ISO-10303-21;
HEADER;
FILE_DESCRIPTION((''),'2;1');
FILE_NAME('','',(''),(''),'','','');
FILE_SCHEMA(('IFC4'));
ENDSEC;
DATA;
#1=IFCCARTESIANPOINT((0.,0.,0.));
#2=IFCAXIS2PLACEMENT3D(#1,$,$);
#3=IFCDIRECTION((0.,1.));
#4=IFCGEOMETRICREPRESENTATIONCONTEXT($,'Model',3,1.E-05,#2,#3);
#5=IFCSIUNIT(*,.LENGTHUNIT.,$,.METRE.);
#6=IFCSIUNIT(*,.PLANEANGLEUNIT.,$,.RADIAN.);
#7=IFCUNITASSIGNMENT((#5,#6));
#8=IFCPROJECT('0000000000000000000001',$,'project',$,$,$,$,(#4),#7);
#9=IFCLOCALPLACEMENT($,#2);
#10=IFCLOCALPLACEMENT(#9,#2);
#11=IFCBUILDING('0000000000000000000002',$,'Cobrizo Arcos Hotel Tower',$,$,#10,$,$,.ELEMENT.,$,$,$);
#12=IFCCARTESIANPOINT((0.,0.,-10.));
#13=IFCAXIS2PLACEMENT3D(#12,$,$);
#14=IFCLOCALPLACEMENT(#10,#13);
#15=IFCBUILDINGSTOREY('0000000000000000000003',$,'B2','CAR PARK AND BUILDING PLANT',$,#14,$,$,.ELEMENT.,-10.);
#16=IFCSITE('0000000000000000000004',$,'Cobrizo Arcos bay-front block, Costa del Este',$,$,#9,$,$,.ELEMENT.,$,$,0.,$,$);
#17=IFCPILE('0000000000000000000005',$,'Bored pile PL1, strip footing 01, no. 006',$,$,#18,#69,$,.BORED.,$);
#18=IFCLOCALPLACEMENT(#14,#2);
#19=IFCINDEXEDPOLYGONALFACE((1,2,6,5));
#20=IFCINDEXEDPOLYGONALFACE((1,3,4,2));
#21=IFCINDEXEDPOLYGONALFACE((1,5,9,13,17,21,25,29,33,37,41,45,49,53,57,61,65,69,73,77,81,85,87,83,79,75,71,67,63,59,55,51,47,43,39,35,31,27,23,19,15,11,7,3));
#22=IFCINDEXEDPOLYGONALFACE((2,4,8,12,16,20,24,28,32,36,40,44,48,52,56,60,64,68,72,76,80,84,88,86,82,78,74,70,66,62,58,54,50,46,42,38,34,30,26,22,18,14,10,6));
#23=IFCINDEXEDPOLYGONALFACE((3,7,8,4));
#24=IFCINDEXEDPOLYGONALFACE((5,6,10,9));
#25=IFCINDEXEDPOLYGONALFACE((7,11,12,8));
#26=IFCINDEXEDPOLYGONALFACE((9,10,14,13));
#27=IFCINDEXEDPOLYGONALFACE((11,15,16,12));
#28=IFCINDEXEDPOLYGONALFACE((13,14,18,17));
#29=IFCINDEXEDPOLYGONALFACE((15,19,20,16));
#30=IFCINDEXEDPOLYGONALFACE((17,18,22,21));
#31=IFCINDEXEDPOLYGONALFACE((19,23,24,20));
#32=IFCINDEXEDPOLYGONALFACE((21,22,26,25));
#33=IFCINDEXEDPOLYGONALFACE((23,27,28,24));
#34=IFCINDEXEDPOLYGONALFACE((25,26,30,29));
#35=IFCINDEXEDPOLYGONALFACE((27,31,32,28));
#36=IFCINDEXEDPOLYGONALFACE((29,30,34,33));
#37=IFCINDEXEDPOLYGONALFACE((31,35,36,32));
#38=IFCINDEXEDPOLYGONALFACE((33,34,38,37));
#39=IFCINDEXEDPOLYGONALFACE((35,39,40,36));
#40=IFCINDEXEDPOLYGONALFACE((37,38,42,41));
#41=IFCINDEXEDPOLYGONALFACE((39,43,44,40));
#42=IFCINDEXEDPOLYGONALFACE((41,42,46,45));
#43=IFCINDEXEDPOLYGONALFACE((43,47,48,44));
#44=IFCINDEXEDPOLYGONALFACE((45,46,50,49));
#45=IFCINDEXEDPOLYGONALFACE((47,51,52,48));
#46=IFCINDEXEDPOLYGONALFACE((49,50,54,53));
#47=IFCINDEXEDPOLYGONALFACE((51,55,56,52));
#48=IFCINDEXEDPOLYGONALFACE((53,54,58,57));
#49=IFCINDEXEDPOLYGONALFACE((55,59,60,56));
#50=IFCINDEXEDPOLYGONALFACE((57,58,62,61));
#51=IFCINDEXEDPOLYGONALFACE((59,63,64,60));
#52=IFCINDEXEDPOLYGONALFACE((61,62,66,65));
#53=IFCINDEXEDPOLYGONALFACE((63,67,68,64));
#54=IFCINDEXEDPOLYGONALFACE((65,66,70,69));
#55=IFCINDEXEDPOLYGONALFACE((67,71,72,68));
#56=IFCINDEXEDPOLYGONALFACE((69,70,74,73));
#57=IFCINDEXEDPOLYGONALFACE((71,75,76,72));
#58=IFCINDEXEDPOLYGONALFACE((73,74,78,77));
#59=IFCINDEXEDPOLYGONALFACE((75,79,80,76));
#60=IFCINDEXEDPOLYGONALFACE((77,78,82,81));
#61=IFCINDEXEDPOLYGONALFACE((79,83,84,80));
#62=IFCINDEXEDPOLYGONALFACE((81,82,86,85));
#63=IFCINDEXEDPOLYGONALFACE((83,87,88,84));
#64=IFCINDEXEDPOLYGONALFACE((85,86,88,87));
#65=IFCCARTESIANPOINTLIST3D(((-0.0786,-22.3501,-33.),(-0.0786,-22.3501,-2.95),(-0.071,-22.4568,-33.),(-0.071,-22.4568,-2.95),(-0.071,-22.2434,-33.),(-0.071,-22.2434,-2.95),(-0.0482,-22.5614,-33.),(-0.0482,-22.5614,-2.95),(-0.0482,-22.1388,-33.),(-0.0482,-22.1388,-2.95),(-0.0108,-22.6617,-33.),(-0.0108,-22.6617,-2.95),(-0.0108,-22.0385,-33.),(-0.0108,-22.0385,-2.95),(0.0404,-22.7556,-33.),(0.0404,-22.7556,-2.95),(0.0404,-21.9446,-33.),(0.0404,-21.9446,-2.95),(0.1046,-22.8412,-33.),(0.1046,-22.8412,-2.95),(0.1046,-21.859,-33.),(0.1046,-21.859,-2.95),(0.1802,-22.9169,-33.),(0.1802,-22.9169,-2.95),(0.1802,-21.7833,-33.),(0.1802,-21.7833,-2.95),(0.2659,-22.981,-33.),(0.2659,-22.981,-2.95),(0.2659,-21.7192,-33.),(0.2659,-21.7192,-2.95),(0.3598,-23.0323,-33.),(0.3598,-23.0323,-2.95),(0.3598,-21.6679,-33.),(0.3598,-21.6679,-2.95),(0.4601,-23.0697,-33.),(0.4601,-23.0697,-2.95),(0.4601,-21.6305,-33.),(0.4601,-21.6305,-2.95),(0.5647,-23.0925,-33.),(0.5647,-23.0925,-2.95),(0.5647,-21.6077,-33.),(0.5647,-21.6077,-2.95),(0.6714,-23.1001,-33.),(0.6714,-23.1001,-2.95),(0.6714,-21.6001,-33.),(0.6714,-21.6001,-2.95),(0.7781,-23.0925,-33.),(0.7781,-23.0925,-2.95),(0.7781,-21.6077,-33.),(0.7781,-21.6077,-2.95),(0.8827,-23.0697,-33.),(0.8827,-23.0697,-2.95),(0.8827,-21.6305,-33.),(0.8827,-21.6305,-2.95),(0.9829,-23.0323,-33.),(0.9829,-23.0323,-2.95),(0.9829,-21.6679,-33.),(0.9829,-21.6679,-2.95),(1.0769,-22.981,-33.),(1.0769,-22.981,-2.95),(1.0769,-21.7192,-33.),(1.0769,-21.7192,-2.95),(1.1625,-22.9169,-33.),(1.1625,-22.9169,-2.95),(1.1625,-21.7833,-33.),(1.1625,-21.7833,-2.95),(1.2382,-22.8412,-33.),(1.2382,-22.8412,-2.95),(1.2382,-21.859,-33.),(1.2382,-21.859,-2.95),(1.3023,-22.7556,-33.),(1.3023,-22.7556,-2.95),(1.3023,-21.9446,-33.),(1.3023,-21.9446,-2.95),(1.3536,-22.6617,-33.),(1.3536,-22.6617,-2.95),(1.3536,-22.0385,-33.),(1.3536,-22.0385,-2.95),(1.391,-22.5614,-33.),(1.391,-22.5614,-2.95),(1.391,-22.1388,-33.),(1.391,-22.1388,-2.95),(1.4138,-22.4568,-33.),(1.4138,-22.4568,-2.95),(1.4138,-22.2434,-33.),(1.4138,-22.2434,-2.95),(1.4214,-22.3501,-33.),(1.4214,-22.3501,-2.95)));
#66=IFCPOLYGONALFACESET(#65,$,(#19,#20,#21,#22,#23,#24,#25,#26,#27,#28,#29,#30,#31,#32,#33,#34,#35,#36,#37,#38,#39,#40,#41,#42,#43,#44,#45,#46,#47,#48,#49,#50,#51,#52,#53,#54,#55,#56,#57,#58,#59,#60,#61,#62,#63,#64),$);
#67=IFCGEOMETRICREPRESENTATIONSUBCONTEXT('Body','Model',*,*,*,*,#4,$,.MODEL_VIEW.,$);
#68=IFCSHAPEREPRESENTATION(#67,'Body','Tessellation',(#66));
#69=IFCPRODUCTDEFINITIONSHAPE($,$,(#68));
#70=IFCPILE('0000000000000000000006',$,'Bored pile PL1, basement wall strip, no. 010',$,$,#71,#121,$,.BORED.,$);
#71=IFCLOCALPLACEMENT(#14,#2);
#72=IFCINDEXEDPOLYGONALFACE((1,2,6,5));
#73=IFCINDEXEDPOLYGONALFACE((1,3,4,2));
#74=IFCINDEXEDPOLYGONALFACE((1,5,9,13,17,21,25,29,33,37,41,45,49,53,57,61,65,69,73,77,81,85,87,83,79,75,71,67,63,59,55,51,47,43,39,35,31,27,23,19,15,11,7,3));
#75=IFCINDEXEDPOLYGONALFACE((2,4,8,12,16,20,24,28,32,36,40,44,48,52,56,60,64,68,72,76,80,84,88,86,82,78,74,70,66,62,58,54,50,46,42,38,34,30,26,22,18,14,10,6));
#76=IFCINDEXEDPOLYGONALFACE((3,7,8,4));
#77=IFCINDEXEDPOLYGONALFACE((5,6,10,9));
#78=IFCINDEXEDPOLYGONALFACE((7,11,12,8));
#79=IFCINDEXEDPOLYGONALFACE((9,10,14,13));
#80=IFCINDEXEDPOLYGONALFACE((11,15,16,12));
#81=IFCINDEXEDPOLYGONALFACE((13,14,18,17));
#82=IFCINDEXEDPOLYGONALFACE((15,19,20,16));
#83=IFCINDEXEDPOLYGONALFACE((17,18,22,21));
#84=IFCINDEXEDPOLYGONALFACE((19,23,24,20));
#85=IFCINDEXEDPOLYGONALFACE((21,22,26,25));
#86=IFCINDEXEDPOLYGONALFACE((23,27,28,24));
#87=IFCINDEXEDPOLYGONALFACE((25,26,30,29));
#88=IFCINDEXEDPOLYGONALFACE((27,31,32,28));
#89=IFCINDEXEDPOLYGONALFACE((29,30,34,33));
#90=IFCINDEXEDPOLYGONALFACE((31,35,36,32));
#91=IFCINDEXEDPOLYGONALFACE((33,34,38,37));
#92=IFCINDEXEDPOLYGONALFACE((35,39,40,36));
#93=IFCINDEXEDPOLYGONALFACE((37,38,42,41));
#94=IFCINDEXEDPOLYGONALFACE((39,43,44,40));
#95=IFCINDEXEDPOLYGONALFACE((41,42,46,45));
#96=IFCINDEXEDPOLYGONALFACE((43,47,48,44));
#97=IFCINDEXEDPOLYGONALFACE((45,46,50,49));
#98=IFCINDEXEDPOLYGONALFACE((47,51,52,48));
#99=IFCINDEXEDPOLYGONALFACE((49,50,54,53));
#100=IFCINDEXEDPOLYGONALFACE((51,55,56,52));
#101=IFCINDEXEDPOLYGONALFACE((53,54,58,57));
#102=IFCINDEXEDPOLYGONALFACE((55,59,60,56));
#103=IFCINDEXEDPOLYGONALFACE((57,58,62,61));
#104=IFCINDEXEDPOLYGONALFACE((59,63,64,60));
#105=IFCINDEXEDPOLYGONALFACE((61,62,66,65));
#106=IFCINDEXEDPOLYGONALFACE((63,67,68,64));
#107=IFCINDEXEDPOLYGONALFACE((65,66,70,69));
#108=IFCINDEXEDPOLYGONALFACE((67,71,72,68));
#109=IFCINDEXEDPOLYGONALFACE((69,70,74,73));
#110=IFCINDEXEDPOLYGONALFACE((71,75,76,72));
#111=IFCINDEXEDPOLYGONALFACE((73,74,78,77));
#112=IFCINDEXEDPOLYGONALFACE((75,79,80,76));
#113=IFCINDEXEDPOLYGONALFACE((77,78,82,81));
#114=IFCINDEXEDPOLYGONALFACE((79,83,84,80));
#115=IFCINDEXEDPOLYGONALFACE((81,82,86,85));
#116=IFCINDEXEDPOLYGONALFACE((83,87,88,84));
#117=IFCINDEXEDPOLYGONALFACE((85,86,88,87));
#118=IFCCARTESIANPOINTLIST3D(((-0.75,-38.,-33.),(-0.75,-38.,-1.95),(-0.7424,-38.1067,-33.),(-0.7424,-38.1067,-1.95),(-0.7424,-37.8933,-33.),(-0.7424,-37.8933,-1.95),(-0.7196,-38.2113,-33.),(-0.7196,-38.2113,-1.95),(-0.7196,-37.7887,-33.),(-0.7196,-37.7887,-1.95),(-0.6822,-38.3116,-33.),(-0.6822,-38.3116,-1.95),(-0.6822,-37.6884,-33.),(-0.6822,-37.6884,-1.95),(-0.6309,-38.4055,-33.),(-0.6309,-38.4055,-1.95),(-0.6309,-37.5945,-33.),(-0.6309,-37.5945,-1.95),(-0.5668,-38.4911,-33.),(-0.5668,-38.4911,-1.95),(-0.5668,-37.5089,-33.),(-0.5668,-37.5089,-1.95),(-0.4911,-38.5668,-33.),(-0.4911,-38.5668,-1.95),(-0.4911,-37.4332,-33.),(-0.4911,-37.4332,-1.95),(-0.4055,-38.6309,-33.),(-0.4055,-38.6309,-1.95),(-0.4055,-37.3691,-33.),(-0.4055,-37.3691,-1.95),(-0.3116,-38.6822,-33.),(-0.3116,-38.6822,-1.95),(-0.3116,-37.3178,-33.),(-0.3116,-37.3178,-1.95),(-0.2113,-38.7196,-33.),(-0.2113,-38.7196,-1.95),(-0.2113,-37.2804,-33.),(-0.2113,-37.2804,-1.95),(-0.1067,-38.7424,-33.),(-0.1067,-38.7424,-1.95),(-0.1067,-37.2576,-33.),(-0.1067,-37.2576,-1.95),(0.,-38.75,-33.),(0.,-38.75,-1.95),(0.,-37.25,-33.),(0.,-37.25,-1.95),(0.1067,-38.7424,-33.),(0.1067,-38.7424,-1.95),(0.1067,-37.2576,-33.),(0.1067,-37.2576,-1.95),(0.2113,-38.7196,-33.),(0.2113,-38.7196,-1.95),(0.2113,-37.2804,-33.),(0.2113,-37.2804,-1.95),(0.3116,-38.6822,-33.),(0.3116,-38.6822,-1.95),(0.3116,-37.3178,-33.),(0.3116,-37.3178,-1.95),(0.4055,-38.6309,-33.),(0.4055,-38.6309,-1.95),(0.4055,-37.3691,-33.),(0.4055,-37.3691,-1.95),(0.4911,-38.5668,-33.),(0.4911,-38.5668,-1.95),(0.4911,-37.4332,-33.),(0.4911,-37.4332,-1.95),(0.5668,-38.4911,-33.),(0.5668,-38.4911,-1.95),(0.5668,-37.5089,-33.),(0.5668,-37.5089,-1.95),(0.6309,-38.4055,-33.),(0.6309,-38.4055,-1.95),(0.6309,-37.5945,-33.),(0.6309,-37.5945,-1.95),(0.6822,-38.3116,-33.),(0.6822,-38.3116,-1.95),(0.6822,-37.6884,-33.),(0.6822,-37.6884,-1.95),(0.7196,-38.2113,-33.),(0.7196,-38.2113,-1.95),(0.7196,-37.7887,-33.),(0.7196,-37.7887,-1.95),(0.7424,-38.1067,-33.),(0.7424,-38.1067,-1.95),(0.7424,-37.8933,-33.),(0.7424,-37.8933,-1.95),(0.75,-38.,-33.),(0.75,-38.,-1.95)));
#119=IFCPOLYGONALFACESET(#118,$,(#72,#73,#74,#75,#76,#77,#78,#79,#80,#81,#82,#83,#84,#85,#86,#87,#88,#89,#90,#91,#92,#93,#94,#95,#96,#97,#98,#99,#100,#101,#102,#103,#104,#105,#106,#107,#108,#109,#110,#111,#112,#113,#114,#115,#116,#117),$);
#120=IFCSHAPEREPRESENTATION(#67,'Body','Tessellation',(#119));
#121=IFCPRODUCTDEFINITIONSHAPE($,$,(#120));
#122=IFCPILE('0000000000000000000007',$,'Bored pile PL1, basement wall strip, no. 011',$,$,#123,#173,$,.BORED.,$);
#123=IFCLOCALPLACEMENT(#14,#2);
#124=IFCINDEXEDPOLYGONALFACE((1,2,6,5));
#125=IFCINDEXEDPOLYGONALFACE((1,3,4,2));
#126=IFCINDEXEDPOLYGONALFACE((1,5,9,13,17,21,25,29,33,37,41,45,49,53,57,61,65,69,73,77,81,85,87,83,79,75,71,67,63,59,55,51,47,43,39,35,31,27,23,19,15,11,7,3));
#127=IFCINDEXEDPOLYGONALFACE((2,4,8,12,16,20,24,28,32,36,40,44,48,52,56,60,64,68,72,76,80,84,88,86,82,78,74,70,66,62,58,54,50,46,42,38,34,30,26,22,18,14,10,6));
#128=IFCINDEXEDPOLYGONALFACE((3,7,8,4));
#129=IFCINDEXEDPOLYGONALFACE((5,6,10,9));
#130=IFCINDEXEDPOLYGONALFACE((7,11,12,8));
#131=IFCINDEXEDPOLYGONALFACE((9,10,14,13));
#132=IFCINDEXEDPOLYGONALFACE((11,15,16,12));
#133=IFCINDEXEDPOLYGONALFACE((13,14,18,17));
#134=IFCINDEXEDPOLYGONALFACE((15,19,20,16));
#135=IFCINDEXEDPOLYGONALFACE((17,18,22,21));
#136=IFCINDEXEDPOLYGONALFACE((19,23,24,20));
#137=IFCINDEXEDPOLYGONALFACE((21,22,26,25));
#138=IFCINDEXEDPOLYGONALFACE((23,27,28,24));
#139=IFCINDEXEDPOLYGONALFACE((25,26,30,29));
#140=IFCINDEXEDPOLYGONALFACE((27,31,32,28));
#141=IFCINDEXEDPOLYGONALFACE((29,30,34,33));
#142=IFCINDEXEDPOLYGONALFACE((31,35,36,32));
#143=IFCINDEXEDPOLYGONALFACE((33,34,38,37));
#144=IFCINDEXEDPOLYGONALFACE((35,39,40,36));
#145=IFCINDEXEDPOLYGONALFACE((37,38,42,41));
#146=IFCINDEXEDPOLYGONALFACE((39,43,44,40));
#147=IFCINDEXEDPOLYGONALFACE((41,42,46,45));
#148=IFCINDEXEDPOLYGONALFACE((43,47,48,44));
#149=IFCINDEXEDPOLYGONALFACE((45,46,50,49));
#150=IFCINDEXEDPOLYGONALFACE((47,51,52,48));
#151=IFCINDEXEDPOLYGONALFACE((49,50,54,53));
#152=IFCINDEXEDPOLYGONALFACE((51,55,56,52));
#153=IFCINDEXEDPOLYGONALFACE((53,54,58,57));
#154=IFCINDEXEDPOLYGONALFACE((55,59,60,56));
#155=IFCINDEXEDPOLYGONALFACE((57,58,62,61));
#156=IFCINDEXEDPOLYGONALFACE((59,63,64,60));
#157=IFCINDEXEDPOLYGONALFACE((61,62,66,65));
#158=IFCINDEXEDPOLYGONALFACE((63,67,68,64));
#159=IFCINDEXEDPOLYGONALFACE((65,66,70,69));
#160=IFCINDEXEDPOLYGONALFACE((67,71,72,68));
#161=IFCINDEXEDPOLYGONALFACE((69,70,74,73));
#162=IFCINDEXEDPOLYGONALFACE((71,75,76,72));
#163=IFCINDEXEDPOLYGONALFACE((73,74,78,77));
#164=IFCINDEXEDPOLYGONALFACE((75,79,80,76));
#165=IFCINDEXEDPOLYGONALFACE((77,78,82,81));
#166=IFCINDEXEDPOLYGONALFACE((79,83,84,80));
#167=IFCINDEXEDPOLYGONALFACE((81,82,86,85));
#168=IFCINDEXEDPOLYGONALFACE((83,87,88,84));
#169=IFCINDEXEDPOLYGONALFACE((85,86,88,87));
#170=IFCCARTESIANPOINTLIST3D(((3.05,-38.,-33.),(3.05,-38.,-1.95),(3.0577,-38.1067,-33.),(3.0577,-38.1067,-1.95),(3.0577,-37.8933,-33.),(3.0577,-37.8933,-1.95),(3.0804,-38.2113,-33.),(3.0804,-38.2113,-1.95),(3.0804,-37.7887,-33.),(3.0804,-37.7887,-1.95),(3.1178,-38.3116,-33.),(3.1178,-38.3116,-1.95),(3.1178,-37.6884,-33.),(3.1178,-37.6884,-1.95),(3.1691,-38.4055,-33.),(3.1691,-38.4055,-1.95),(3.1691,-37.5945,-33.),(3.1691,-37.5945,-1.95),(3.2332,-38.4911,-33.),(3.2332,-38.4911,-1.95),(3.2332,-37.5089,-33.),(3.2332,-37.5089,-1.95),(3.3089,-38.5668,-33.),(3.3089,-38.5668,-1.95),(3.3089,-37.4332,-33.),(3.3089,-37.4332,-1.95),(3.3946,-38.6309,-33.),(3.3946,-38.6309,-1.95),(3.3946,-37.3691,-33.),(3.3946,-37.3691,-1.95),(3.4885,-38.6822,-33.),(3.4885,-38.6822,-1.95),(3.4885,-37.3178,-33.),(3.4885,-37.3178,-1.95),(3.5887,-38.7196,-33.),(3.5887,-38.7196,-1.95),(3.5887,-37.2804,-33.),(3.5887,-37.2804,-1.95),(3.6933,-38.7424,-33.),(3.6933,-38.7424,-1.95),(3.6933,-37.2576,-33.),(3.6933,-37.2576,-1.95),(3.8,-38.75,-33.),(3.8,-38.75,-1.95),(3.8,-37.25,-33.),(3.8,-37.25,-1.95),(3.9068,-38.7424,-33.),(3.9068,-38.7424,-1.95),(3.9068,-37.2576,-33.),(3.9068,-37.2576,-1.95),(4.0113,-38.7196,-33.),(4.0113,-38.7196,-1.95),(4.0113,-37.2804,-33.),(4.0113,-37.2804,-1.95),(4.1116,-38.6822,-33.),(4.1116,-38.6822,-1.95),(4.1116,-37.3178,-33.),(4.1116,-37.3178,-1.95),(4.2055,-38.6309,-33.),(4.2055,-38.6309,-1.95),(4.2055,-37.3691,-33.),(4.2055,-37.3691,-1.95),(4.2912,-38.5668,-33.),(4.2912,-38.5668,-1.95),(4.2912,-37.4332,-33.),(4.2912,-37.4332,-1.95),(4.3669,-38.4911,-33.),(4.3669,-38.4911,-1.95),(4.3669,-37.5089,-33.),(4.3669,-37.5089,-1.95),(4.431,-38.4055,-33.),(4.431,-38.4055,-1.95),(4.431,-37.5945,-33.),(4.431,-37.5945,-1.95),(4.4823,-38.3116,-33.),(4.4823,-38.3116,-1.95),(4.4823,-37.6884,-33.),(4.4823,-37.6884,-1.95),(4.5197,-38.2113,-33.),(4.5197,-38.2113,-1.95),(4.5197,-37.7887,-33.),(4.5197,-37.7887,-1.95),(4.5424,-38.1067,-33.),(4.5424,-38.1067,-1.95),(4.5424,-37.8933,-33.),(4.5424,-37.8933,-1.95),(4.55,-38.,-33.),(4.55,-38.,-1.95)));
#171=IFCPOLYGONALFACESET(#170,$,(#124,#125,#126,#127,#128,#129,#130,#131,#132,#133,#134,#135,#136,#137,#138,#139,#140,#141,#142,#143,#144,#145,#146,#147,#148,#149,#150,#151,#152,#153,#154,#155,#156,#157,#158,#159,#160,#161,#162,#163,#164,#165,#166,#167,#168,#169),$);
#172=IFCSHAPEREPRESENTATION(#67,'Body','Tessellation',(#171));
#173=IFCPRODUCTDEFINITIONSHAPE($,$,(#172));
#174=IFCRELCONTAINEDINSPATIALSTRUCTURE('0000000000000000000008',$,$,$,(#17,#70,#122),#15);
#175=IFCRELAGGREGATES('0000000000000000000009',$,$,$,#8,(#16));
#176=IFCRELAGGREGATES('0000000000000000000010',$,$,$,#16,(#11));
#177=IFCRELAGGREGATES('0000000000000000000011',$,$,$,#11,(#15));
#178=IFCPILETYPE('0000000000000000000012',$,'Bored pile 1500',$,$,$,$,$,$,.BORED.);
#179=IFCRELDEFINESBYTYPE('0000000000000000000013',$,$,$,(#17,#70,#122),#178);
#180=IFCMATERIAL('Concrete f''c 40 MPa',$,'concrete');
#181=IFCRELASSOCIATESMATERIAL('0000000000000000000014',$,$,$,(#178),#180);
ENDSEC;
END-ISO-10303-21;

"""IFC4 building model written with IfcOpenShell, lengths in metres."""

from ifc_helpers import new_model, si_unit, direction, frame, origin, origin_2d, place, context, subcontext, project, spatial, circle, extrude, material, material_profile, profile_set, type_object, element, save


model = new_model("IFC4")

# Units and contexts
model_context = context("Model", 3, precision=1e-05, world=origin(), true_north=direction((0.0, 1.0)))
body_context = subcontext(model_context, "Body", "Model", "MODEL_VIEW")
ifc_project = project(units=[si_unit("LENGTHUNIT", "METRE"), si_unit("PLANEANGLEUNIT", "RADIAN")], contexts=[model_context])

# Site, building, storey
site_placement = place(None, origin())
site = spatial("IfcSite", under=ifc_project, at=site_placement, Name="Cobrizo Arcos bay-front block, Costa del Este", CompositionType="ELEMENT", RefElevation=0.0)
building_placement = place(site_placement, origin())
building = spatial("IfcBuilding", under=site, at=building_placement, Name="Cobrizo Arcos Hotel Tower", CompositionType="ELEMENT")
storey_placement = place(building_placement, frame((0.0, 0.0, -10.0)))
storey = spatial("IfcBuildingStorey", under=building, at=storey_placement, Name="B2", Description="CAR PARK AND BUILDING PLANT", CompositionType="ELEMENT", Elevation=-10.0)

# Piles
ifc_material_1 = material(Name="Concrete f'c 40 MPa", Category="concrete")
ifc_material_profile_1 = material_profile(ifc_material_1, circle(Radius=0.75, at=origin_2d()), Name="BORED PILE 1500")
ifc_profile_set_1 = profile_set([ifc_material_profile_1], Name="Concrete f'c 40 MPa")
pile_type = type_object("IfcPileType", Name="Bored pile 1500", PredefinedType="BORED", material=ifc_profile_set_1)
pile_placement = place(storey_placement, frame((0.6714, -22.3501, -2.95), z_axis=(0.0, 0.0, -1.0), x_axis=(1.0, 0.0, 0.0)))
element("IfcPile", 1, at=pile_placement, inside=storey, type_object=pile_type, Name="Bored pile PL1, strip footing 01, no. 006", PredefinedType="BORED", context=body_context, shape_type="SweptSolid", body=[
    extrude(circle(Radius=0.75, at=origin_2d()), origin(), (0.0, 0.0, 1.0), 30.05),
])
for number, where, z_axis, x_axis, name in (
    (2, (0.0, -38.0, -1.95), (0.0, 0.0, -1.0), (1.0, 0.0, 0.0), "Bored pile PL1, basement wall strip, no. 010"),
    (3, (3.8, -38.0, -1.95), (0.0, 0.0, -1.0), (1.0, 0.0, 0.0), "Bored pile PL1, basement wall strip, no. 011"),
):
    element("IfcPile", number, at=place(storey_placement, frame(where, z_axis=z_axis, x_axis=x_axis)), inside=storey, type_object=pile_type, Name=name, PredefinedType="BORED", context=body_context, shape_type="SweptSolid", body=[
        extrude(circle(Radius=0.75, at=origin_2d()), origin(), (0.0, 0.0, 1.0), 31.05),
    ])

save(model, "model.ifc")
